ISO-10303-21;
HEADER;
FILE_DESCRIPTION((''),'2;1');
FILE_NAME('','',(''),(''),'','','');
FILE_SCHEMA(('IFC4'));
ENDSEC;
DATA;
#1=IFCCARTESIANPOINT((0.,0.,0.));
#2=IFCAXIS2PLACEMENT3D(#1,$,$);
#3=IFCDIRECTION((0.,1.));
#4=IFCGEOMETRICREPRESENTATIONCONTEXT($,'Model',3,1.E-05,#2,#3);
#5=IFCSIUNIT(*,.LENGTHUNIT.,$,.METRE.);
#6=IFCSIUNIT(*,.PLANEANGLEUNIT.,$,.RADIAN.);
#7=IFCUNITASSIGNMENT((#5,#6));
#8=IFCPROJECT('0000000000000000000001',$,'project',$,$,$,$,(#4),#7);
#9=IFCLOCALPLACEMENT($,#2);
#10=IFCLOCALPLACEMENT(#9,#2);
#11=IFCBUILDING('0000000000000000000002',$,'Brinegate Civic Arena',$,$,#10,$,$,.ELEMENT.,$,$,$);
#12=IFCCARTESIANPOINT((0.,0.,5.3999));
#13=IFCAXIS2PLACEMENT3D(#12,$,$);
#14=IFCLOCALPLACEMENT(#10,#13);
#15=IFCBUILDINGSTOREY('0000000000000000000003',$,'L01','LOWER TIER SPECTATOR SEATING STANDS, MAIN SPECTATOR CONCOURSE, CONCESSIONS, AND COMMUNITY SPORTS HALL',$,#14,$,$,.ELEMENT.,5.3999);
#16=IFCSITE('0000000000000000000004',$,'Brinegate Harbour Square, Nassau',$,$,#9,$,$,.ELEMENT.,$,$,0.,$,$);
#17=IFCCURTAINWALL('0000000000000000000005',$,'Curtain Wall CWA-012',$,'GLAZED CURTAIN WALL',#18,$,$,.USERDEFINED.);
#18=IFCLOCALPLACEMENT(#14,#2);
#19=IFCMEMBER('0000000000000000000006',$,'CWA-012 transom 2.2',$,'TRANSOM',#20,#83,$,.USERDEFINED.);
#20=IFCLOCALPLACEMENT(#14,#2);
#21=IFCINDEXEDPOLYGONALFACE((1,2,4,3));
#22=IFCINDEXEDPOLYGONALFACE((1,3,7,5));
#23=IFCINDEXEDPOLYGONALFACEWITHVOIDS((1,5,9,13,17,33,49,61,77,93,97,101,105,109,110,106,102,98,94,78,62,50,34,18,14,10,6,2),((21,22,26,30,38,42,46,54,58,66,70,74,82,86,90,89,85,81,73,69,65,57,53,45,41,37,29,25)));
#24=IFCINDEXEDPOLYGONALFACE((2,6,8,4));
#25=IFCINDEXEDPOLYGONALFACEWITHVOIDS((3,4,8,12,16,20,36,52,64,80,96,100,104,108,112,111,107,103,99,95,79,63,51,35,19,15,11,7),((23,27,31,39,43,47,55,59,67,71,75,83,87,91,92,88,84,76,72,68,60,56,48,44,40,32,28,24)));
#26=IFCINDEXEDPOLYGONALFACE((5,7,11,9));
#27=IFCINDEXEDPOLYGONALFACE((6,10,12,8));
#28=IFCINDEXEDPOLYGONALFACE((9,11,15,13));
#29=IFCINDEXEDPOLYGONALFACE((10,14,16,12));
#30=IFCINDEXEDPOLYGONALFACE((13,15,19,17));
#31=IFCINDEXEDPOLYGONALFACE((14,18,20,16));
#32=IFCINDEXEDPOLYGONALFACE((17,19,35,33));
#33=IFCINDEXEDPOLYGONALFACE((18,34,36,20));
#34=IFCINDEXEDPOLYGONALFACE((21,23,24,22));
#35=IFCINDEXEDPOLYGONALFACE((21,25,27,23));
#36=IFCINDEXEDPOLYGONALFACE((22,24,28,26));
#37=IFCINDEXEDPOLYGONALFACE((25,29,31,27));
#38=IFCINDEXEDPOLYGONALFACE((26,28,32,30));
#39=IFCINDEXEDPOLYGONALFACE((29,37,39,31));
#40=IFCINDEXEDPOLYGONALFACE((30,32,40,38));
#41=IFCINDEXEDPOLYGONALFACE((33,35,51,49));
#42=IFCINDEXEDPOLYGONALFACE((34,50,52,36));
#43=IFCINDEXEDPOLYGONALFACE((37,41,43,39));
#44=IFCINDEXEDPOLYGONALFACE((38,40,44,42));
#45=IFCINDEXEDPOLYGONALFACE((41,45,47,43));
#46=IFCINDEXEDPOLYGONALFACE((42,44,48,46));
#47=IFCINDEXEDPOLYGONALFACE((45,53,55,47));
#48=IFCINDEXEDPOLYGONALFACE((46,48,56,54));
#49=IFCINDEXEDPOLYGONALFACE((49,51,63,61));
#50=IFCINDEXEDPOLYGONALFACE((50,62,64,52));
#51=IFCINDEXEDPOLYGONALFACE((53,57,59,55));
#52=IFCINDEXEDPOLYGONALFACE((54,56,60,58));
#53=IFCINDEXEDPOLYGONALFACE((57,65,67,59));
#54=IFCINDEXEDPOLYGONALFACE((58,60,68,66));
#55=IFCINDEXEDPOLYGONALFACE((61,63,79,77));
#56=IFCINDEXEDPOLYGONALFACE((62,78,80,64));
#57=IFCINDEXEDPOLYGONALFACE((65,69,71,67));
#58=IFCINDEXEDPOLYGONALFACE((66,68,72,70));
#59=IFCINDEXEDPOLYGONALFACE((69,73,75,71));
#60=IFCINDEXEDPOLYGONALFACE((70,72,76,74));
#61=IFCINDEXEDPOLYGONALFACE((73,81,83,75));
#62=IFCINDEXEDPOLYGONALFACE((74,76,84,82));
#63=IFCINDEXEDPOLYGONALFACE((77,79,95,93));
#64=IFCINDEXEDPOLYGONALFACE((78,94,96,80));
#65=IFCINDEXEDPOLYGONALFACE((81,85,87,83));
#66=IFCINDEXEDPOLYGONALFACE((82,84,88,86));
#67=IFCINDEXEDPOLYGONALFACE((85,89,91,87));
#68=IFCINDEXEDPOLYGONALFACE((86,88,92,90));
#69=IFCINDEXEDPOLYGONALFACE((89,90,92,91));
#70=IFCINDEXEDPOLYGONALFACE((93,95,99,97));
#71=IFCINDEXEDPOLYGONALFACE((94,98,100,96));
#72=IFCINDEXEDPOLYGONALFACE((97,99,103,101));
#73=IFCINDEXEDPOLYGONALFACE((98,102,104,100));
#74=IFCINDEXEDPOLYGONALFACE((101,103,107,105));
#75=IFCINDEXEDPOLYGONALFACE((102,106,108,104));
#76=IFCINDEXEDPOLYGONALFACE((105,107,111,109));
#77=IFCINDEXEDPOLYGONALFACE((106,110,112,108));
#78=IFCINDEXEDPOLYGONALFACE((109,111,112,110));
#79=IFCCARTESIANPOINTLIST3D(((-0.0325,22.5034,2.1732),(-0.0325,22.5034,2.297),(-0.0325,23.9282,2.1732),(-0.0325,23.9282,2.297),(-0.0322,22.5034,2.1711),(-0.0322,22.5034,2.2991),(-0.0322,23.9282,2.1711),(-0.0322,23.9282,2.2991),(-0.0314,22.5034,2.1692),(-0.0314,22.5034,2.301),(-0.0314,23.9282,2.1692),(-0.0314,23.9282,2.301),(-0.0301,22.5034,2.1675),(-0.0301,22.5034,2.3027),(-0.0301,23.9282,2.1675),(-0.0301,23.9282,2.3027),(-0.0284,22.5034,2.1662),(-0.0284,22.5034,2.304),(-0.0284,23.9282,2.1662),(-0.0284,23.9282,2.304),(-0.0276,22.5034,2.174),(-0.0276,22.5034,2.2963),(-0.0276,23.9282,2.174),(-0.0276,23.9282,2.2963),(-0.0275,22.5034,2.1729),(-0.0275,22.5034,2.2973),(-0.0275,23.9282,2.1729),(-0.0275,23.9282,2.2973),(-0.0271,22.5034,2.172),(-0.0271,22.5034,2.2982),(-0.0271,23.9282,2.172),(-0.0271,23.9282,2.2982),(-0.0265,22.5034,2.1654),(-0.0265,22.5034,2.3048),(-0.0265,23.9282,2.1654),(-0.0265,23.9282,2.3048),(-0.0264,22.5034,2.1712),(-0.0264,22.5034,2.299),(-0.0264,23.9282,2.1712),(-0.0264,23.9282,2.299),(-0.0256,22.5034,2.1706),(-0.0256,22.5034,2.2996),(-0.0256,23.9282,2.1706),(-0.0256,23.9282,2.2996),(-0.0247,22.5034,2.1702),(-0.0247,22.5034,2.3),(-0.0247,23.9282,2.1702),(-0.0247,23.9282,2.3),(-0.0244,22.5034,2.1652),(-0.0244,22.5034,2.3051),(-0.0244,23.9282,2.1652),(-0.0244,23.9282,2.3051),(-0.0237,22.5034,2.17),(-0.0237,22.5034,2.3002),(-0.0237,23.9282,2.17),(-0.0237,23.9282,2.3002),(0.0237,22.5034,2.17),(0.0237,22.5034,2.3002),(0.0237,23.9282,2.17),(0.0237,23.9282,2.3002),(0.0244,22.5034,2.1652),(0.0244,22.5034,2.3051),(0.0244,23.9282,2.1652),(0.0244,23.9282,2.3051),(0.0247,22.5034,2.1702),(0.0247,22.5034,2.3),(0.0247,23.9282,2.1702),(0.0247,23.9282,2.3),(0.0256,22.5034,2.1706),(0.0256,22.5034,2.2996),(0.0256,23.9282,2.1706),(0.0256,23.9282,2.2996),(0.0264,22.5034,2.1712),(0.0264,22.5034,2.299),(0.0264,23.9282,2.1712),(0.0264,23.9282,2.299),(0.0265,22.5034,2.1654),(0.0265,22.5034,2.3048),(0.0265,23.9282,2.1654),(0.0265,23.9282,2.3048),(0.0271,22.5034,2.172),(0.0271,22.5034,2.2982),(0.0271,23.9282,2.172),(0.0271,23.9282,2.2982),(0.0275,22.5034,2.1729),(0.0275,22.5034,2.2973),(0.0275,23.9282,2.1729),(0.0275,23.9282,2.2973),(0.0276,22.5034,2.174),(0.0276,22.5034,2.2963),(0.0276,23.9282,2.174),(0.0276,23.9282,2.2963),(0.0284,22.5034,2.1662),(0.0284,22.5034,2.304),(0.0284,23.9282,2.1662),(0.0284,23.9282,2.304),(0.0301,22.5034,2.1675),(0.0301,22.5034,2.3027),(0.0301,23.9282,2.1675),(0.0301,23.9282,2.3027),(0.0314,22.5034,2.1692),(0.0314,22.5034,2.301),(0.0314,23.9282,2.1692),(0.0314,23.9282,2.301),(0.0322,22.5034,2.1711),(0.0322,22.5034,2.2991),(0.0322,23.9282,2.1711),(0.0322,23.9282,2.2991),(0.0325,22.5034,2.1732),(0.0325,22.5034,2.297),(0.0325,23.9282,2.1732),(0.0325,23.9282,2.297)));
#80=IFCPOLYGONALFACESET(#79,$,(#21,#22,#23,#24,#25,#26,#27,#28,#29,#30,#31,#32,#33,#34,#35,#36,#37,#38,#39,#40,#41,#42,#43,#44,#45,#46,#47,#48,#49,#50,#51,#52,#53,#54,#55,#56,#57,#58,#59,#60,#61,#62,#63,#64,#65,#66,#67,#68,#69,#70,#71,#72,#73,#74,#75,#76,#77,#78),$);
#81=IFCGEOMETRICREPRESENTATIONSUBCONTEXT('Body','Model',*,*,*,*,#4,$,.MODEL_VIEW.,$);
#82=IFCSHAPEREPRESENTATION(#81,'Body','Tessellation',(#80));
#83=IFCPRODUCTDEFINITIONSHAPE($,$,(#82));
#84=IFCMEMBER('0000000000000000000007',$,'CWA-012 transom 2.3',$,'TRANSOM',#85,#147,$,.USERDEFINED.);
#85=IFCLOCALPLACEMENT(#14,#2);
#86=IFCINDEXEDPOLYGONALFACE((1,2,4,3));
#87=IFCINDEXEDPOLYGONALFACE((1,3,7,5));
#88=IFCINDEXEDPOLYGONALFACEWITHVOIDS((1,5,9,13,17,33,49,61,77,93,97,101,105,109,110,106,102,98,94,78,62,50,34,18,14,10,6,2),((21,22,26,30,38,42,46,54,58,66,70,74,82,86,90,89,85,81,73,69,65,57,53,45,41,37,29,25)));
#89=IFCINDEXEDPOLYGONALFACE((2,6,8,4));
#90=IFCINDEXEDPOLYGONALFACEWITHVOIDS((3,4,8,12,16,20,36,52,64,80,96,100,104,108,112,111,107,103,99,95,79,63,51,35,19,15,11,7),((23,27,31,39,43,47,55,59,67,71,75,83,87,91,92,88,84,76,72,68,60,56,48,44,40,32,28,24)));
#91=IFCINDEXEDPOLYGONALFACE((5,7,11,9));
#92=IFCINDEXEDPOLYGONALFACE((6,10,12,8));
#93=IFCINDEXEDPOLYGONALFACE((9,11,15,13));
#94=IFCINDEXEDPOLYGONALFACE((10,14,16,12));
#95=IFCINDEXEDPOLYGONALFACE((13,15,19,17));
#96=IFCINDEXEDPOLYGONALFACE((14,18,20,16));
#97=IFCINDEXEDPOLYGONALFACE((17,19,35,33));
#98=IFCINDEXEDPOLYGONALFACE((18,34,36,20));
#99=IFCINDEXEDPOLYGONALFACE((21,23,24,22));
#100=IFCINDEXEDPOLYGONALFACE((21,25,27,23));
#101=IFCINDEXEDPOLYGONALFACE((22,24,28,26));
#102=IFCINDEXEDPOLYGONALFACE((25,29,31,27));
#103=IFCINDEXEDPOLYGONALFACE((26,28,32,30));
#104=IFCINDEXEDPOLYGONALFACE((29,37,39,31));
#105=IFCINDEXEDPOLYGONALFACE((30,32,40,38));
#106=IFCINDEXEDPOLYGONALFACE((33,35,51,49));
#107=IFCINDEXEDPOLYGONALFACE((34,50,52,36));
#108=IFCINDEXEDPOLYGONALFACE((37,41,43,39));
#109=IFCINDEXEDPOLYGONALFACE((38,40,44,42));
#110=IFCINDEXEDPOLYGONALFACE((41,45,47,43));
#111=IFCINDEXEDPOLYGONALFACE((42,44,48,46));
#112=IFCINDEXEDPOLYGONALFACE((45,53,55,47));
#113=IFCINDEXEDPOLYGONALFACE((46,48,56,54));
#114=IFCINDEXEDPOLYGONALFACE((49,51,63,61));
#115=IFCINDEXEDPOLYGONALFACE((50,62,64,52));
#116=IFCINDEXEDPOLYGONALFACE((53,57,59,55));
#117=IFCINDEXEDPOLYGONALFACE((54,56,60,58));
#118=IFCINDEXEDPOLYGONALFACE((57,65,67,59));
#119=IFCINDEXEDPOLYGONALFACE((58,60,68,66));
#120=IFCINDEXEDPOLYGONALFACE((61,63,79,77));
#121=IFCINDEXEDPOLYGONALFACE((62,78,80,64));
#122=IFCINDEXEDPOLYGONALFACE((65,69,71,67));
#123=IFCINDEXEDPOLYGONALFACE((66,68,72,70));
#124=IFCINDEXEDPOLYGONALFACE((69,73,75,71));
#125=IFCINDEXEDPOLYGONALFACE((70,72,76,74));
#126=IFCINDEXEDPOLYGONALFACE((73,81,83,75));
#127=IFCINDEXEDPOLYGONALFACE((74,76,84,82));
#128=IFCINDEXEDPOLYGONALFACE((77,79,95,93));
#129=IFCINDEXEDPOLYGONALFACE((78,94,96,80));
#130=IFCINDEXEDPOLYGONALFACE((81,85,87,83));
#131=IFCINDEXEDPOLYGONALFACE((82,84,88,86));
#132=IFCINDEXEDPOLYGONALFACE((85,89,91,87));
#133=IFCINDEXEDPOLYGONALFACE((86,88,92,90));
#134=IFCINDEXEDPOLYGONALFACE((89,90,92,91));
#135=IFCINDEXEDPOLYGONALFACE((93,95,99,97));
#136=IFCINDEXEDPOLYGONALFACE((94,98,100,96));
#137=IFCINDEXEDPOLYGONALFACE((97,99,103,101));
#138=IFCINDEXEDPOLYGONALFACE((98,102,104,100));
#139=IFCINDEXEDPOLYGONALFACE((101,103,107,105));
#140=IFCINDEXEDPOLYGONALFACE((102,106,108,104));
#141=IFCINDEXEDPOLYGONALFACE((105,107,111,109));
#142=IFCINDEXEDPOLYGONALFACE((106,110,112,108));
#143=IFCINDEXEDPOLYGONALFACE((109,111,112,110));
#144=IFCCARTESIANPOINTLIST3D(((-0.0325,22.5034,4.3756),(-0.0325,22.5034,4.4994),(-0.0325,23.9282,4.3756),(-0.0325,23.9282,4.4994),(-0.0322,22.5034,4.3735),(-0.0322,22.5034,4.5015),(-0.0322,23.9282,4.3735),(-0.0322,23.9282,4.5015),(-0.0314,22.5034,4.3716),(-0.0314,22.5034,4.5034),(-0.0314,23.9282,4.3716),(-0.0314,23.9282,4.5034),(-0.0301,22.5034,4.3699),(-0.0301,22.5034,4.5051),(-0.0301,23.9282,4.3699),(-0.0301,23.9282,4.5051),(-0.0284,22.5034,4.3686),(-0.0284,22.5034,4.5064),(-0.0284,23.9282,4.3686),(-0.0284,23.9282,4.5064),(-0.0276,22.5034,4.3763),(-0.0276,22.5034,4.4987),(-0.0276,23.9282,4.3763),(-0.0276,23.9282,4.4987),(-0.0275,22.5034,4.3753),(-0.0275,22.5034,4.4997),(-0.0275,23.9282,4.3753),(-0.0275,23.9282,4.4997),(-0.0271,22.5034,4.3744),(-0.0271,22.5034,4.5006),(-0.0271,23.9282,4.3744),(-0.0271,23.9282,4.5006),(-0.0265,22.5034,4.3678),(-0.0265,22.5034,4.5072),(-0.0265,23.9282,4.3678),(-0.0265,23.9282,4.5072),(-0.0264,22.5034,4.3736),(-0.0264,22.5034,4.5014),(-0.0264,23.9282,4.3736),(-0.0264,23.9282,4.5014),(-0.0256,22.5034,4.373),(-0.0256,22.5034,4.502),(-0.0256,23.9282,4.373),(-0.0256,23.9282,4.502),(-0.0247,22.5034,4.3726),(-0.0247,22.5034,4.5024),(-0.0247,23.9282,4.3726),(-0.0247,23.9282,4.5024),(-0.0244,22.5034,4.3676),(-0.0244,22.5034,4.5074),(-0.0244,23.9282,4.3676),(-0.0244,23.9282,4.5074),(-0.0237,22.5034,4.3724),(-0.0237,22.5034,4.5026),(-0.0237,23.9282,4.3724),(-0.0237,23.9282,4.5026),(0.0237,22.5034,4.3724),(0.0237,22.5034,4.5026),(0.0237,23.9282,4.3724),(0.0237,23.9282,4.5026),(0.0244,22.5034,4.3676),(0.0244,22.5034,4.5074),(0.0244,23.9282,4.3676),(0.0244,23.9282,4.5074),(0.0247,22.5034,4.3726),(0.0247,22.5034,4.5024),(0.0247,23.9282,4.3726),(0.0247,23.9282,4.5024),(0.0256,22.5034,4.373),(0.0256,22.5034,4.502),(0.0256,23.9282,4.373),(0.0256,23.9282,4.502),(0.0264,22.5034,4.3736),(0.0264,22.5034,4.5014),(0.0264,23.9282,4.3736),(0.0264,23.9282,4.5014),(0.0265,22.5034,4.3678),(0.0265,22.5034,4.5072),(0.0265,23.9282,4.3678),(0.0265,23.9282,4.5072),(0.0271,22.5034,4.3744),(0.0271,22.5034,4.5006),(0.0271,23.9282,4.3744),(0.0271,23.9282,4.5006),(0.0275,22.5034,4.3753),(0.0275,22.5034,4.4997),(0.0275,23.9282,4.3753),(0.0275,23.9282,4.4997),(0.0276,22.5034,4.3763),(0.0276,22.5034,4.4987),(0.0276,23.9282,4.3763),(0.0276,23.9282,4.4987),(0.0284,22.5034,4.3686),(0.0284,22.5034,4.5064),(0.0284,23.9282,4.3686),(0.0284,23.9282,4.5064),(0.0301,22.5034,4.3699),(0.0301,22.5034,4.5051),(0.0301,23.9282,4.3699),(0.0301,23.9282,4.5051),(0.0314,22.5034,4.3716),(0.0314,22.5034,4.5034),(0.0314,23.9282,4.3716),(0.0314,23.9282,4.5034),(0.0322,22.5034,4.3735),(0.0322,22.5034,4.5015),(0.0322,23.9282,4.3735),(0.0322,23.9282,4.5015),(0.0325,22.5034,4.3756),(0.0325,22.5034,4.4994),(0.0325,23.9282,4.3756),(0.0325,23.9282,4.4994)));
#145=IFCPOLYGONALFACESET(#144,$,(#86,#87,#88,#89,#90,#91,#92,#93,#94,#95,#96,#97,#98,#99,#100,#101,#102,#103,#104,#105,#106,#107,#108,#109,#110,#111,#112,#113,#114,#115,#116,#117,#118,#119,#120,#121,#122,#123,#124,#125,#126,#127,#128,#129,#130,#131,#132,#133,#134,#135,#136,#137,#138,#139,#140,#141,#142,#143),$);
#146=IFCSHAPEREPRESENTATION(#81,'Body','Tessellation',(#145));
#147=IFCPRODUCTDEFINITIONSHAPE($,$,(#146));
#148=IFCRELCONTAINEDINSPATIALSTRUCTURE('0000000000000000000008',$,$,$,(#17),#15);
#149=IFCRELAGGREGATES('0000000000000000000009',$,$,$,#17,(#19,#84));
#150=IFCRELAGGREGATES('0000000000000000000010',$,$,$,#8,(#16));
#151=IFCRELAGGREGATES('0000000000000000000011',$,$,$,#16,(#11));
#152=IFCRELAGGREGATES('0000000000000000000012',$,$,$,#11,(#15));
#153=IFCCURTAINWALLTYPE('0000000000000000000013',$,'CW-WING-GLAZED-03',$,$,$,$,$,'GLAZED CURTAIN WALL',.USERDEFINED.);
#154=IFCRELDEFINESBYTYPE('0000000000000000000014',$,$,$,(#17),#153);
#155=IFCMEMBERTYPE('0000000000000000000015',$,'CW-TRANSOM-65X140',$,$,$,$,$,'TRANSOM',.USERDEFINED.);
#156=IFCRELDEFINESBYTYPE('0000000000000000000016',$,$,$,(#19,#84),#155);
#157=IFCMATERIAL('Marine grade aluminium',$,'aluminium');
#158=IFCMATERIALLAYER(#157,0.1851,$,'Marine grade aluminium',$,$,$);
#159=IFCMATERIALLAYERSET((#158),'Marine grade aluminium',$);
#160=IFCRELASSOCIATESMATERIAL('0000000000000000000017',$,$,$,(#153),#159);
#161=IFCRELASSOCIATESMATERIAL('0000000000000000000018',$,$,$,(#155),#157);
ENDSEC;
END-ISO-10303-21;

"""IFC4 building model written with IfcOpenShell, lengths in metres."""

from ifc_helpers import new_model, si_unit, direction, frame, origin, origin_2d, place, context, subcontext, project, spatial, hollow_rectangle, extrude, material, layer, layer_set, material_profile, profile_set, type_object, element, aggregate, save


model = new_model("IFC4")

# Units and contexts
model_context = context("Model", 3, precision=1e-05, world=origin(), true_north=direction((0.0, 1.0)))
body_context = subcontext(model_context, "Body", "Model", "MODEL_VIEW")
ifc_project = project(units=[si_unit("LENGTHUNIT", "METRE"), si_unit("PLANEANGLEUNIT", "RADIAN")], contexts=[model_context])

# Site, building, storey
site_placement = place(None, origin())
site = spatial("IfcSite", under=ifc_project, at=site_placement, Name="Brinegate Harbour Square, Nassau", CompositionType="ELEMENT", RefElevation=0.0)
building_placement = place(site_placement, origin())
building = spatial("IfcBuilding", under=site, at=building_placement, Name="Brinegate Civic Arena", CompositionType="ELEMENT")
storey_placement = place(building_placement, frame((0.0, 0.0, 5.3999)))
storey = spatial("IfcBuildingStorey", under=building, at=storey_placement, Name="L01", Description="LOWER TIER SPECTATOR SEATING STANDS, MAIN SPECTATOR CONCOURSE, CONCESSIONS, AND COMMUNITY SPORTS HALL", CompositionType="ELEMENT", Elevation=5.3999)

# Curtain wall, members
ifc_material_1 = material(Name="Marine grade aluminium", Category="aluminium")
ifc_layer_1 = layer(ifc_material_1, 0.1851, Name="Marine grade aluminium")
ifc_layer_set_1 = layer_set([ifc_layer_1], Name="Marine grade aluminium")
curtain_wall_type = type_object("IfcCurtainWallType", Name="CW-WING-GLAZED-03", ElementType="GLAZED CURTAIN WALL", PredefinedType="USERDEFINED", material=ifc_layer_set_1)
curtain_wall_placement = place(storey_placement, origin())
curtain_wall = element("IfcCurtainWall", 1, at=curtain_wall_placement, inside=storey, type_object=curtain_wall_type, Name="Curtain Wall CWA-012", ObjectType="GLAZED CURTAIN WALL", PredefinedType="USERDEFINED")
ifc_material_profile_1 = material_profile(ifc_material_1, hollow_rectangle(XDim=0.0649, YDim=0.1399, WallThickness=0.0049, InnerFilletRadius=0.0039, OuterFilletRadius=0.0081, at=origin_2d()), Name="TRN65X140")
ifc_profile_set_1 = profile_set([ifc_material_profile_1], Name="Marine grade aluminium")
member_type_1 = type_object("IfcMemberType", Name="CW-TRANSOM-65X140", ElementType="TRANSOM", PredefinedType="USERDEFINED", material=ifc_profile_set_1)
member_1_placement = place(storey_placement, frame((0.0, 22.5034, 2.2351), z_axis=(0.0, 1.0, 0.0), x_axis=(-1.0, 0.0, 0.0)))
member_1 = element("IfcMember", 2, at=member_1_placement, type_object=member_type_1, Name="CWA-012 transom 2.2", ObjectType="TRANSOM", PredefinedType="USERDEFINED", context=body_context, shape_type="SweptSolid", body=[
    extrude(hollow_rectangle(XDim=0.0649, YDim=0.1399, WallThickness=0.0049, InnerFilletRadius=0.0039, OuterFilletRadius=0.0081, at=origin_2d()), origin(), (0.0, 0.0, 1.0), 1.4248),
])
member_2_placement = place(storey_placement, frame((0.0, 22.5034, 4.4375), z_axis=(0.0, 1.0, 0.0), x_axis=(-1.0, 0.0, 0.0)))
member_2 = element("IfcMember", 3, at=member_2_placement, type_object=member_type_1, Name="CWA-012 transom 2.3", ObjectType="TRANSOM", PredefinedType="USERDEFINED", context=body_context, shape_type="SweptSolid", body=[
    extrude(hollow_rectangle(XDim=0.0649, YDim=0.1399, WallThickness=0.0049, InnerFilletRadius=0.0039, OuterFilletRadius=0.0081, at=origin_2d()), origin(), (0.0, 0.0, 1.0), 1.4248),
])
aggregate(curtain_wall, [member_1, member_2])

save(model, "model.ifc")
